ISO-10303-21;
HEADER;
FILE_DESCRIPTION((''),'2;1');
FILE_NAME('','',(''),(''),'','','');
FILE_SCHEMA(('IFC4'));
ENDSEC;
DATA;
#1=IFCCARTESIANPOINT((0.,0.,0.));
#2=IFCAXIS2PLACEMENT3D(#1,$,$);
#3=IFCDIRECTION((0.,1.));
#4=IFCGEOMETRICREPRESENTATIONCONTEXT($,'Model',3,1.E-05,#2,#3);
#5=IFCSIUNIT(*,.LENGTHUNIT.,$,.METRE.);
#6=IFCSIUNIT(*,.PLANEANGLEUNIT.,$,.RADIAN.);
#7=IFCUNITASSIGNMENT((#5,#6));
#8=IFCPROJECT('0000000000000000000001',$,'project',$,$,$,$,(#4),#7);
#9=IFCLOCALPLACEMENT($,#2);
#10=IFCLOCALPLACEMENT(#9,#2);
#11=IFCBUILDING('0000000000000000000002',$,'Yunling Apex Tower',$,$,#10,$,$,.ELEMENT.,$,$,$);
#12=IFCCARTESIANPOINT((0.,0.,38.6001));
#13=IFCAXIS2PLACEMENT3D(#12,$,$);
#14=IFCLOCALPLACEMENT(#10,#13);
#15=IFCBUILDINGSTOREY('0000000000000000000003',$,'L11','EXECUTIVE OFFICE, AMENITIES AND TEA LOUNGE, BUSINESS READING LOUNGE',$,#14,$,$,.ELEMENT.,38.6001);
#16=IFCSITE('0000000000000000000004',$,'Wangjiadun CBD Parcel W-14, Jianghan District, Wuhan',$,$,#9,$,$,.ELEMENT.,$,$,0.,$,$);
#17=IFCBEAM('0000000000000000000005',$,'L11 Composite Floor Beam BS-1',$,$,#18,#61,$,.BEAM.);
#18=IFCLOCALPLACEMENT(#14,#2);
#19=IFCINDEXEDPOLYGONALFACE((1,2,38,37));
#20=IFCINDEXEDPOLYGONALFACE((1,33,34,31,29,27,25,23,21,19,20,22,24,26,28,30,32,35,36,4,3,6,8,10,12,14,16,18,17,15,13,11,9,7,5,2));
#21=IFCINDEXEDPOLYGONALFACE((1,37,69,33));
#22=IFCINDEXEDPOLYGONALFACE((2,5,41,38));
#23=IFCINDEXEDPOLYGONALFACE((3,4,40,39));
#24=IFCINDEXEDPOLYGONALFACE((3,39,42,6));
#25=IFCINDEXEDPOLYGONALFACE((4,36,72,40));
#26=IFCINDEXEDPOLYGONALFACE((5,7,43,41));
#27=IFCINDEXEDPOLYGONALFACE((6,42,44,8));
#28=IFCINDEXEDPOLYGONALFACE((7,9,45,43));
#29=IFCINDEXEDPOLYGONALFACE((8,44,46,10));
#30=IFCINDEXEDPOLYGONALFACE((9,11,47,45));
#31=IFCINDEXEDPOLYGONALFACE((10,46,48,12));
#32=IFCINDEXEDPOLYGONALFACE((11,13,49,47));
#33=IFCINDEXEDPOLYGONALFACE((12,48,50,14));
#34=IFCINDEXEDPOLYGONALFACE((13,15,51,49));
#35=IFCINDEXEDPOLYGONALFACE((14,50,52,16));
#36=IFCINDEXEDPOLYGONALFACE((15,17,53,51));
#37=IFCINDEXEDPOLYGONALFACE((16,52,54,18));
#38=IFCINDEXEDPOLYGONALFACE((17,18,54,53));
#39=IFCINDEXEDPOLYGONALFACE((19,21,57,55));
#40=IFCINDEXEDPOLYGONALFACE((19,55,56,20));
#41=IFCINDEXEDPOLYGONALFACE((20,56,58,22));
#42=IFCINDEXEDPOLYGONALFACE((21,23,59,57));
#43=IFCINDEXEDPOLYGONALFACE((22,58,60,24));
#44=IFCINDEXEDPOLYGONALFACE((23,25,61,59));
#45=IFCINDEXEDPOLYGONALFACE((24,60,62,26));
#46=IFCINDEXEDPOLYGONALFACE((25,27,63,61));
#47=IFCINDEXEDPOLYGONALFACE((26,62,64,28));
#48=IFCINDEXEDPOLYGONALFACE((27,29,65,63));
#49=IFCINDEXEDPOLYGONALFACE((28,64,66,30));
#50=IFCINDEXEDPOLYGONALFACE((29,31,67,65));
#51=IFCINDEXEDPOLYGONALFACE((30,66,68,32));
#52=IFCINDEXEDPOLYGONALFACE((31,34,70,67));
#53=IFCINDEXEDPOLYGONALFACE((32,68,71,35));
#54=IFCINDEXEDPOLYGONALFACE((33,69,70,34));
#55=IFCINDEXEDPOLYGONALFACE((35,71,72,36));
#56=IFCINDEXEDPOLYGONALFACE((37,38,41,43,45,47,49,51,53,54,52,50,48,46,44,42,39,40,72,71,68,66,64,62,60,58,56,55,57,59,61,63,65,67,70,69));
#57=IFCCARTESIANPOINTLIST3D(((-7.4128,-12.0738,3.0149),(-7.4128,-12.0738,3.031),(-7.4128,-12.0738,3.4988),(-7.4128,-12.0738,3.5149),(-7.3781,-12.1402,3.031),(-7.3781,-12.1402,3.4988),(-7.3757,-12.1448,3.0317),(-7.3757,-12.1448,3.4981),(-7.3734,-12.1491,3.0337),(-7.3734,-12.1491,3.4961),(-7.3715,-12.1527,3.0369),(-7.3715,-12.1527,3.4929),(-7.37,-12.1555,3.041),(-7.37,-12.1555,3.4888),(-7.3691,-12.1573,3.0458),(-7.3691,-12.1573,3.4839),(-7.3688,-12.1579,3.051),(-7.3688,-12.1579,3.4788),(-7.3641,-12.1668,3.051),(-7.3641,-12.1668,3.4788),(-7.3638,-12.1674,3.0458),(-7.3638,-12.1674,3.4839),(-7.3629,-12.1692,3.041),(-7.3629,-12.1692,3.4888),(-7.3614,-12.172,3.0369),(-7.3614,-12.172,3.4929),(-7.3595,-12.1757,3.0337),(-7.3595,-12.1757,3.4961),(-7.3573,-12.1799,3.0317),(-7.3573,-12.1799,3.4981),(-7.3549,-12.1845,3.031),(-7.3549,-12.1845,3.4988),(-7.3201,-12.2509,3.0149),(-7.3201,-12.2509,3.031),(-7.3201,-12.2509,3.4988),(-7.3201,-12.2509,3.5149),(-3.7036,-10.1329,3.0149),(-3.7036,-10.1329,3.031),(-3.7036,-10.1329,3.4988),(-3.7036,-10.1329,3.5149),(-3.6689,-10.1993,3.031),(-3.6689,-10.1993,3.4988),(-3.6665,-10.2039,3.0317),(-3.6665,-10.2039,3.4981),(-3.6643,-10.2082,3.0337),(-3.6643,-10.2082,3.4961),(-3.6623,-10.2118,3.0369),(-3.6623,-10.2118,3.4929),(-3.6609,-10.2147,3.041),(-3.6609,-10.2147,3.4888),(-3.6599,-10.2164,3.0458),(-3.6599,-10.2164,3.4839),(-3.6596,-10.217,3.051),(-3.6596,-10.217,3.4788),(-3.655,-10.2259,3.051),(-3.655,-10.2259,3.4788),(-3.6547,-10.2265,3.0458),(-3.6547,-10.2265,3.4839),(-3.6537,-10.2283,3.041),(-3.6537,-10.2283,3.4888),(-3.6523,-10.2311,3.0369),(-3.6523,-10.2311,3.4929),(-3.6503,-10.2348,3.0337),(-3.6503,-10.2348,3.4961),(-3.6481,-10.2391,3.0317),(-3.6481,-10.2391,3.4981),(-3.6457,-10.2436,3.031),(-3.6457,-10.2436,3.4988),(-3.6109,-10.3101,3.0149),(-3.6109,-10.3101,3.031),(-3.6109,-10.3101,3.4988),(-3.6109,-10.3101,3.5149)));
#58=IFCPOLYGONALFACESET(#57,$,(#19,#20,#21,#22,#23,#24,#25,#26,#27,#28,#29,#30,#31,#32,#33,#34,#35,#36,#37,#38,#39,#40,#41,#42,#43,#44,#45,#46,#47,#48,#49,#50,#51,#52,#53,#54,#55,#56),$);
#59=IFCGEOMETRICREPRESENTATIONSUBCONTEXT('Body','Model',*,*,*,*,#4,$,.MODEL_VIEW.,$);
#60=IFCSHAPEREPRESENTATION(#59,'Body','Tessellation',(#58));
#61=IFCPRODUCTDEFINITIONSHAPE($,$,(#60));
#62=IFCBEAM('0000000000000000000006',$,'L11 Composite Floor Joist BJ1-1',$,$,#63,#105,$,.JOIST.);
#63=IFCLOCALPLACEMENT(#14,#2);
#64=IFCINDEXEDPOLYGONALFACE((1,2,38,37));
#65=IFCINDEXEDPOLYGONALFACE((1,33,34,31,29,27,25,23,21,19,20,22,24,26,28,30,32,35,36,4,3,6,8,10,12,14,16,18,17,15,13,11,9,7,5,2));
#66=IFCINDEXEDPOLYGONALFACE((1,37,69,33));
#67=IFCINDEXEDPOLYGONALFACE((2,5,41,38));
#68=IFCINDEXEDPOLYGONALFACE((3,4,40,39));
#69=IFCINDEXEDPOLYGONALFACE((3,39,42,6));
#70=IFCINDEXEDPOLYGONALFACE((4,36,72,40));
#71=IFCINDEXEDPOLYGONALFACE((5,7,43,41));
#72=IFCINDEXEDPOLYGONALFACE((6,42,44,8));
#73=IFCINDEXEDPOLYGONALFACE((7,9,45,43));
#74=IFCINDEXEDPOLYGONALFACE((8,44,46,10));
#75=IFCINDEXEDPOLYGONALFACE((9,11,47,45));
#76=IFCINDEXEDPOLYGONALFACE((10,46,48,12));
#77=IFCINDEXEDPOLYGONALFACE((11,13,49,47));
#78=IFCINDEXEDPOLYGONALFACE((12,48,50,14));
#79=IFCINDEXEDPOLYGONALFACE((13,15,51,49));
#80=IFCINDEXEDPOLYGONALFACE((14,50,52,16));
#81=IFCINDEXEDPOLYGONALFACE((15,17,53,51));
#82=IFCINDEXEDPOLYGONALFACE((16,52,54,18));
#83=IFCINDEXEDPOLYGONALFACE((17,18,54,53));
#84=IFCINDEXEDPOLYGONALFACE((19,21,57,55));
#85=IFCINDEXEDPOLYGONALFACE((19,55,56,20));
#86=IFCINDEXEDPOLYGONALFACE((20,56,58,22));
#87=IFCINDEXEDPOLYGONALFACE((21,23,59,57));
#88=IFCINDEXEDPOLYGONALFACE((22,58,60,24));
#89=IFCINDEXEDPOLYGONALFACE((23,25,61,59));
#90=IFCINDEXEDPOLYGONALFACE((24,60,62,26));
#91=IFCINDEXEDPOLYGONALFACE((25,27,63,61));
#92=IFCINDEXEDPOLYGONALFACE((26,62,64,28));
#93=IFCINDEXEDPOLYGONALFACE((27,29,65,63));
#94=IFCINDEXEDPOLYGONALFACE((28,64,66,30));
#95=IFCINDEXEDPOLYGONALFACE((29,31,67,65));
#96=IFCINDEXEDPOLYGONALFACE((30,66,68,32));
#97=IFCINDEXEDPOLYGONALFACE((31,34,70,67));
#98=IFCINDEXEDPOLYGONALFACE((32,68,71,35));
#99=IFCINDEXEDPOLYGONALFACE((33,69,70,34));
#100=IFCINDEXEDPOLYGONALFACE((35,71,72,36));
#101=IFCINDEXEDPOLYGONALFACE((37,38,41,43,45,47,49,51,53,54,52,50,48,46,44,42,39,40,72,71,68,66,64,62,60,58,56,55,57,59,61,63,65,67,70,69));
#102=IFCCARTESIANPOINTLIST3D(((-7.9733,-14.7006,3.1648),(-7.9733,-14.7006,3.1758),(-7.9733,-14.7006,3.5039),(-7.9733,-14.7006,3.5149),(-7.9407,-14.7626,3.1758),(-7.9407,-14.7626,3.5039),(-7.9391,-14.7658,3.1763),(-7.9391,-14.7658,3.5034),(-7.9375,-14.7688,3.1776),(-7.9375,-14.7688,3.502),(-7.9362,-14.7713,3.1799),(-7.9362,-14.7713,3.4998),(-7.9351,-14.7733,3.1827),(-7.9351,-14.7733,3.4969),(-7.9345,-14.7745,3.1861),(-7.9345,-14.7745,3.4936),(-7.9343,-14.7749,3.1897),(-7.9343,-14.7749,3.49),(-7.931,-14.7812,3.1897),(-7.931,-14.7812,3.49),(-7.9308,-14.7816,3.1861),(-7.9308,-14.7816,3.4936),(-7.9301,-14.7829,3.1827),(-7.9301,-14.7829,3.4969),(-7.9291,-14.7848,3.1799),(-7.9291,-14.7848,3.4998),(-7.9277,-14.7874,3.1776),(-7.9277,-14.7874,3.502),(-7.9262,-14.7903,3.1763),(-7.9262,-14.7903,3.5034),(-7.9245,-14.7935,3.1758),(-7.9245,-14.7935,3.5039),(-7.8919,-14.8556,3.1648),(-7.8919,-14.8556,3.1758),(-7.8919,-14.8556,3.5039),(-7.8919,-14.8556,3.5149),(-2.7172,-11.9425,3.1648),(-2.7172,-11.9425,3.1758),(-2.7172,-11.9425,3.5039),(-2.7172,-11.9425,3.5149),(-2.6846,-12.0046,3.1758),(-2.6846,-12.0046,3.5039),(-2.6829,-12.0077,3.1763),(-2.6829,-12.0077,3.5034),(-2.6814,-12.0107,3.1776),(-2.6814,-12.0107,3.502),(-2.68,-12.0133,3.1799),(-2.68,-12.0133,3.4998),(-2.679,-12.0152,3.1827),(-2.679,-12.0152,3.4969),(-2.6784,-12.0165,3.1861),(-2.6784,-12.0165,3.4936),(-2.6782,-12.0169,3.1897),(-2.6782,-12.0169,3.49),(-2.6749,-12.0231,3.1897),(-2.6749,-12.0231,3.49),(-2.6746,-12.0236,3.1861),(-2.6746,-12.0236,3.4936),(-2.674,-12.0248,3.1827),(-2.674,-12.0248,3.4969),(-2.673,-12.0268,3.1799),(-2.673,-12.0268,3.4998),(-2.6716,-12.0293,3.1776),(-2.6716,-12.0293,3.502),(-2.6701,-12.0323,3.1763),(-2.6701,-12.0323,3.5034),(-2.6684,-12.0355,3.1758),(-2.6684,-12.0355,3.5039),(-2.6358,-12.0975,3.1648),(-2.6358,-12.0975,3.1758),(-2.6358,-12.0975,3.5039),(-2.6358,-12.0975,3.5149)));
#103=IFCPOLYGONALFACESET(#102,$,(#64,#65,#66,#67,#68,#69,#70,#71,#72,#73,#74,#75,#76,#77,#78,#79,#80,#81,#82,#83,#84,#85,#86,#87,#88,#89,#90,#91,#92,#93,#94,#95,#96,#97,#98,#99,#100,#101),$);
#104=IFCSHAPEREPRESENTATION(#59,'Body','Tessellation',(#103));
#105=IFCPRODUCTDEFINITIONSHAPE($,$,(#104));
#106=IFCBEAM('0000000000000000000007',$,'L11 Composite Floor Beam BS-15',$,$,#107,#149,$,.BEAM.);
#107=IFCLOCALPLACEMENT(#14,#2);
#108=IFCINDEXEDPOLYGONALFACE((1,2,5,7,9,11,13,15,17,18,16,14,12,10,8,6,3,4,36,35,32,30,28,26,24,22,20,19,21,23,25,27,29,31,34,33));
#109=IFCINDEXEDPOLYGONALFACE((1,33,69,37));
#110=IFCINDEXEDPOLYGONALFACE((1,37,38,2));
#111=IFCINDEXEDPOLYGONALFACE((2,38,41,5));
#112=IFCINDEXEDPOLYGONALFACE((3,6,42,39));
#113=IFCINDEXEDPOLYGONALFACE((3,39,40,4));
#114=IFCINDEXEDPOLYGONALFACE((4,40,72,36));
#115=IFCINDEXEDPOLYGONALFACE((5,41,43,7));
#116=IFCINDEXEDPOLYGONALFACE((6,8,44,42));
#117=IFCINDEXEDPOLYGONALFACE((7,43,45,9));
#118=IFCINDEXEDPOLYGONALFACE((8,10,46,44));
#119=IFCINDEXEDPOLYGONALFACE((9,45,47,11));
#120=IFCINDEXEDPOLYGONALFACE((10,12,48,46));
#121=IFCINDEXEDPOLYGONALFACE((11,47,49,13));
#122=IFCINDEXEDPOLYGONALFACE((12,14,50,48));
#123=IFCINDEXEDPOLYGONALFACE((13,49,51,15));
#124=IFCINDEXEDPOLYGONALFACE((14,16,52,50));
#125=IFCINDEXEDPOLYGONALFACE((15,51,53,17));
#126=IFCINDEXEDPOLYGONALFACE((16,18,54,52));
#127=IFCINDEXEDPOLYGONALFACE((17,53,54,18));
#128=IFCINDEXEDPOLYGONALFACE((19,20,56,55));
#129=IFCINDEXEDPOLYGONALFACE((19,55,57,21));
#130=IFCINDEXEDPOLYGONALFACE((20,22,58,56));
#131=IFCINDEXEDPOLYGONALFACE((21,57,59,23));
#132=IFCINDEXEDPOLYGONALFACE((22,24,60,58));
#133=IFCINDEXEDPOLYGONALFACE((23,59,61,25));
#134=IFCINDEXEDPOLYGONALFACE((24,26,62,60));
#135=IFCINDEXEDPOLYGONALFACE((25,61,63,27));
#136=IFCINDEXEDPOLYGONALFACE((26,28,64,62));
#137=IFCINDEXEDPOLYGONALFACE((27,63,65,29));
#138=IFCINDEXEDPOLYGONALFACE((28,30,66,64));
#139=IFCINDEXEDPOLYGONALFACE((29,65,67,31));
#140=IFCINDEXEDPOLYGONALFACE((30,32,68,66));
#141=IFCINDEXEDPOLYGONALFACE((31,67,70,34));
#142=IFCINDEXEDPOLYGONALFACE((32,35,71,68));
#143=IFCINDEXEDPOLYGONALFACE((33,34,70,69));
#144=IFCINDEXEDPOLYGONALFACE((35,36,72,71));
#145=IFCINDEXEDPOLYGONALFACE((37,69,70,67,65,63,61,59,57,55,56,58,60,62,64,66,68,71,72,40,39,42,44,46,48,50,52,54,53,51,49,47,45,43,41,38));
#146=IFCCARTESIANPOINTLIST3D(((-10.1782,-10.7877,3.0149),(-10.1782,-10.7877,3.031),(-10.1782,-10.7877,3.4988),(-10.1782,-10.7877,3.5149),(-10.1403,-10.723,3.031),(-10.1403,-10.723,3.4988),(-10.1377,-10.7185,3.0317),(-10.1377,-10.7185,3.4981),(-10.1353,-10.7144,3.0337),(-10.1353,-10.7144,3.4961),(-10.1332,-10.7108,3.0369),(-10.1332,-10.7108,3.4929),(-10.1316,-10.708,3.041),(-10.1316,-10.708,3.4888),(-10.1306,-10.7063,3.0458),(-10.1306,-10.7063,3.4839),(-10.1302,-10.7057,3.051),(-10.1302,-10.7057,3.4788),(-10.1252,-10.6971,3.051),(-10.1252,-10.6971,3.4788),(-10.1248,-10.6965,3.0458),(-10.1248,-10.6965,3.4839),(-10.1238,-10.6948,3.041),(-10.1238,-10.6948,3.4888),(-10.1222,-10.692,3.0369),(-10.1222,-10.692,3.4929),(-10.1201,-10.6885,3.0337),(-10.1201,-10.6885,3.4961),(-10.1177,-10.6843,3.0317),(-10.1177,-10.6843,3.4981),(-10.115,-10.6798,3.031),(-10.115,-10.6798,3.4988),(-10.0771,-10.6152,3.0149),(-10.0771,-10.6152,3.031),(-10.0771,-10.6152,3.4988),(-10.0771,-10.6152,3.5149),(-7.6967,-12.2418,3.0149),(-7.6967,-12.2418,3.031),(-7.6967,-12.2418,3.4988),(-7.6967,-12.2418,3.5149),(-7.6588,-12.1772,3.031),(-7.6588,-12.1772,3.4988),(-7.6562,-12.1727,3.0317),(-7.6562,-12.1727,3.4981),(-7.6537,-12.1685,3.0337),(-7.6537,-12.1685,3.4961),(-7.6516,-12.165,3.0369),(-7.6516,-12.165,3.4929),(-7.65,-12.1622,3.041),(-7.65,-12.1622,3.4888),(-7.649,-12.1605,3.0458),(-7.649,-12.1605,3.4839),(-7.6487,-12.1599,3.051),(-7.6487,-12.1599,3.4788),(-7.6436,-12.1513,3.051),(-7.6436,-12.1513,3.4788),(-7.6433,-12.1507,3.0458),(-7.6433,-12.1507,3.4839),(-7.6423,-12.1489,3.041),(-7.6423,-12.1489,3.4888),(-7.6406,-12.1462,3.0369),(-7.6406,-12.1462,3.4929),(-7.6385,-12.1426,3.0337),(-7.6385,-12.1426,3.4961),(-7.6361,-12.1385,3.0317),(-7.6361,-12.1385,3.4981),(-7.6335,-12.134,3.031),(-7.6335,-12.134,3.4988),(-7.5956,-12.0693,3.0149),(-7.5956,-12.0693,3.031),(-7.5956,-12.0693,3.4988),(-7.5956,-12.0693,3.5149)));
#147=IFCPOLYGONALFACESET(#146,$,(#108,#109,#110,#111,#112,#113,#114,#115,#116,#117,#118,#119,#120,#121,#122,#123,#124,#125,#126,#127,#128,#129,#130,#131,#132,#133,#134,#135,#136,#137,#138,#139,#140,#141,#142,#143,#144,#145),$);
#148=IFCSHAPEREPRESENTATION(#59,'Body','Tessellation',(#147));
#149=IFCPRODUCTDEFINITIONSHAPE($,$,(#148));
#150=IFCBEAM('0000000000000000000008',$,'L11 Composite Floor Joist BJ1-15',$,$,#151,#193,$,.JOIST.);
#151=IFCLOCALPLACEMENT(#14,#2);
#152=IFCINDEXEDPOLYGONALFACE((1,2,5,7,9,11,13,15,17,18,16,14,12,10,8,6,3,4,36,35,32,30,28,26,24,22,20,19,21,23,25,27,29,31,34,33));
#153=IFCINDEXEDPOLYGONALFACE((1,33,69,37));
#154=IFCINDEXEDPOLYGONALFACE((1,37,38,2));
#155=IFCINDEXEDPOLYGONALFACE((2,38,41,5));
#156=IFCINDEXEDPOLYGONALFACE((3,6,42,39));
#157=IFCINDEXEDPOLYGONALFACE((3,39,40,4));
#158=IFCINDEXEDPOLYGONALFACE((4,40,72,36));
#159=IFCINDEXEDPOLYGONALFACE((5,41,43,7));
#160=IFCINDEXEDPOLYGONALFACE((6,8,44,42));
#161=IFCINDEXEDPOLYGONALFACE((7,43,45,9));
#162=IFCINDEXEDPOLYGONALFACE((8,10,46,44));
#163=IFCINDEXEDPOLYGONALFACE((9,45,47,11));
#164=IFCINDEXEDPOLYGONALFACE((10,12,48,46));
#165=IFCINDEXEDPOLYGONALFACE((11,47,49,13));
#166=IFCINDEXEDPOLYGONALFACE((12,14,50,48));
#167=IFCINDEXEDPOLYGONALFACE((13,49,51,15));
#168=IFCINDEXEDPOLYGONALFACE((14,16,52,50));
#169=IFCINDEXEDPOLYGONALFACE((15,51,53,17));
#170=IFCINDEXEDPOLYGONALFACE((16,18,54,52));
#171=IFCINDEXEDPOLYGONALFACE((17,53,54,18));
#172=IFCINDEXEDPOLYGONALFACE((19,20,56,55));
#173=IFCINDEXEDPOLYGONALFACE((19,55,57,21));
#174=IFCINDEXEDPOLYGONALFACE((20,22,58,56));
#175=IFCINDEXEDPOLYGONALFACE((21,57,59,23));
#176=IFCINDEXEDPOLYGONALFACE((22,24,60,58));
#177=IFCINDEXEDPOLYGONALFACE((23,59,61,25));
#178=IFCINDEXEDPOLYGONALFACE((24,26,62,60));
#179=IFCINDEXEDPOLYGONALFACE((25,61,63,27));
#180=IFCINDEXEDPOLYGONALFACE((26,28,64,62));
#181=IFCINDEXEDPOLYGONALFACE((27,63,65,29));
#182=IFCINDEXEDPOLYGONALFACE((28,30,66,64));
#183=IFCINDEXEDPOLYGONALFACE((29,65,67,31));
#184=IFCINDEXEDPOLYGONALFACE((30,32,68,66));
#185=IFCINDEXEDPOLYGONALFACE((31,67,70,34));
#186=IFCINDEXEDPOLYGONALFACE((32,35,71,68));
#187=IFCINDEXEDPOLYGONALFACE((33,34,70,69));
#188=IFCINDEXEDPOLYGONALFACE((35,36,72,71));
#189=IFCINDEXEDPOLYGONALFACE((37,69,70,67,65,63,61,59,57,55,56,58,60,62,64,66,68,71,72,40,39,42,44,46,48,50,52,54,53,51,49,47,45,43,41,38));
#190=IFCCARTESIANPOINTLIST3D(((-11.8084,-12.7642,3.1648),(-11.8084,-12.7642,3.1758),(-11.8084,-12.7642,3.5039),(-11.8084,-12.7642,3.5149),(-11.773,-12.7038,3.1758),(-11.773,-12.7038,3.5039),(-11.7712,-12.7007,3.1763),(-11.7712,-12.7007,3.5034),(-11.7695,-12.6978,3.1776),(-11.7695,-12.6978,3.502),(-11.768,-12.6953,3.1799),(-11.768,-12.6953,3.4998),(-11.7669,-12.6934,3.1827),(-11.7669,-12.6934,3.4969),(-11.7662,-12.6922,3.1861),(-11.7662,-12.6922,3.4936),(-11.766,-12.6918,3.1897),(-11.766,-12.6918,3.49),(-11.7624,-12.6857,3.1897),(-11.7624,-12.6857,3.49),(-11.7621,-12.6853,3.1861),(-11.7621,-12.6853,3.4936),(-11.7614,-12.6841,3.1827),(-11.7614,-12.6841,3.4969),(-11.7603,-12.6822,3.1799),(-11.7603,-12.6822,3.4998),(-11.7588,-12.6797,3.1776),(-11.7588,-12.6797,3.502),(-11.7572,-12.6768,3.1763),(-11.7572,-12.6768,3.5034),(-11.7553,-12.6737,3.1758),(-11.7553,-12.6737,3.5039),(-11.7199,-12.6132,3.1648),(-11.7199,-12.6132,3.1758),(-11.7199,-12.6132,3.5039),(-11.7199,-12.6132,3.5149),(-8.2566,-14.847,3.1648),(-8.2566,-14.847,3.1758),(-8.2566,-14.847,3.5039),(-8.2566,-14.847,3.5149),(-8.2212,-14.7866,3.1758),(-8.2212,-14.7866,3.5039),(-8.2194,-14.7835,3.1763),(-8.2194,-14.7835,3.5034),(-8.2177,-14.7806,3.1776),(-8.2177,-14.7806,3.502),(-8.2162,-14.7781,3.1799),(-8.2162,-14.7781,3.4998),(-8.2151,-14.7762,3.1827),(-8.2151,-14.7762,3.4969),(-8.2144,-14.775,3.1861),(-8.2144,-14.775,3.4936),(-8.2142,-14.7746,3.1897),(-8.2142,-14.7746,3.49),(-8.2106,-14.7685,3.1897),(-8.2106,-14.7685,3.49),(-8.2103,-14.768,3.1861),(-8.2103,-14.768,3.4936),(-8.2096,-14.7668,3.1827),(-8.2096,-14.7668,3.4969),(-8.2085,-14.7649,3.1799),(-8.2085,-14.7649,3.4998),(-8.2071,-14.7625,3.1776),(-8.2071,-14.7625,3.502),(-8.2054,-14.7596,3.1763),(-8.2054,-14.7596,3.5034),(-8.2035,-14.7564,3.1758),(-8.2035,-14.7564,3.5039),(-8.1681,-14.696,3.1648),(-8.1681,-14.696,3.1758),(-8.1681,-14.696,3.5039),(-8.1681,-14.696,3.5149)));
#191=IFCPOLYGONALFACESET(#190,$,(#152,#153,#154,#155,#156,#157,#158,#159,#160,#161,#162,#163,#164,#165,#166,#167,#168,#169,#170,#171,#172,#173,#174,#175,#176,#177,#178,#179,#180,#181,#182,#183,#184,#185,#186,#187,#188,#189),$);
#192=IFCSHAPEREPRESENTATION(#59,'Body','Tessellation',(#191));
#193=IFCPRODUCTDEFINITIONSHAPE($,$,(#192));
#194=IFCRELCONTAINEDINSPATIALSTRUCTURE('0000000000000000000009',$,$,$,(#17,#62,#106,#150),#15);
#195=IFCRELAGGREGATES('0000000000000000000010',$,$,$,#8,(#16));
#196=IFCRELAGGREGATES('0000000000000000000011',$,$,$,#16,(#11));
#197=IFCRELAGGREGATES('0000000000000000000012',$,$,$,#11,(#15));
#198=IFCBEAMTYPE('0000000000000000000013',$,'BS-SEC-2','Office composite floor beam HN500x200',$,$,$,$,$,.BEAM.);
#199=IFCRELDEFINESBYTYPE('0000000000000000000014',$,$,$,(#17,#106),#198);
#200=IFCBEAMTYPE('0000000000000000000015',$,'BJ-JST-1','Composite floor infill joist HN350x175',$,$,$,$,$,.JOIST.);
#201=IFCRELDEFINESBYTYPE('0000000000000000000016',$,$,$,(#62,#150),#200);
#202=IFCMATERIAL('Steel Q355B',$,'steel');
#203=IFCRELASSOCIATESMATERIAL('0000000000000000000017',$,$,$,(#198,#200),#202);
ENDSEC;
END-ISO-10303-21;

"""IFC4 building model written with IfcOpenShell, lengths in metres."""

from ifc_helpers import new_model, si_unit, direction, frame, origin, origin_2d, place, context, subcontext, project, spatial, i_section, extrude, source, transform, mapped, material, material_profile, profile_set, type_object, element, save


model = new_model("IFC4")

# Units and contexts
model_context = context("Model", 3, precision=1e-05, world=origin(), true_north=direction((0.0, 1.0)))
body_context = subcontext(model_context, "Body", "Model", "MODEL_VIEW")
ifc_project = project(units=[si_unit("LENGTHUNIT", "METRE"), si_unit("PLANEANGLEUNIT", "RADIAN")], contexts=[model_context])

# Site, building, storey
site_placement = place(None, origin())
site = spatial("IfcSite", under=ifc_project, at=site_placement, Name="Wangjiadun CBD Parcel W-14, Jianghan District, Wuhan", CompositionType="ELEMENT", RefElevation=0.0)
building_placement = place(site_placement, origin())
building = spatial("IfcBuilding", under=site, at=building_placement, Name="Yunling Apex Tower", CompositionType="ELEMENT")
storey_placement = place(building_placement, frame((0.0, 0.0, 38.6001)))
storey = spatial("IfcBuildingStorey", under=building, at=storey_placement, Name="L11", Description="EXECUTIVE OFFICE, AMENITIES AND TEA LOUNGE, BUSINESS READING LOUNGE", CompositionType="ELEMENT", Elevation=38.6001)

# Beams
ifc_material_1 = material(Name="Steel Q355B", Category="steel")
ifc_material_profile_1 = material_profile(ifc_material_1, i_section(OverallWidth=0.2, OverallDepth=0.5, WebThickness=0.01, FlangeThickness=0.0161, FilletRadius=0.02, at=origin_2d()))
ifc_profile_set_1 = profile_set([ifc_material_profile_1], Name="Steel Q355B")
beam_type_1 = type_object("IfcBeamType", Name="BS-SEC-2", Description="Office composite floor beam HN500x200", PredefinedType="BEAM", material=ifc_profile_set_1)
shared_shape_1 = source(origin(), body_context, "Body", "SweptSolid", [
    extrude(i_section(OverallWidth=0.2, OverallDepth=0.5, WebThickness=0.01, FlangeThickness=0.0161, FilletRadius=0.02, at=origin_2d()), origin(), (0.0, 0.0, 1.0), 4.1863),
])
beam_1_placement = place(storey_placement, frame((-7.3665, -12.1624, 3.2649), z_axis=(0.886029, 0.46363, 0.0), x_axis=(-0.46363, 0.886029, 0.0)))
element("IfcBeam", 1, at=beam_1_placement, inside=storey, type_object=beam_type_1, Name="L11 Composite Floor Beam BS-1", PredefinedType="BEAM", context=body_context, shape_type="MappedRepresentation", body=[
    mapped(shared_shape_1, transform((0.0, 0.0, 0.0), scale=1.0)),
])
ifc_material_profile_2 = material_profile(ifc_material_1, i_section(OverallWidth=0.175, OverallDepth=0.3501, WebThickness=0.0071, FlangeThickness=0.011, FilletRadius=0.0139, at=origin_2d()))
ifc_profile_set_2 = profile_set([ifc_material_profile_2], Name="Steel Q355B")
beam_type_2 = type_object("IfcBeamType", Name="BJ-JST-1", Description="Composite floor infill joist HN350x175", PredefinedType="JOIST", material=ifc_profile_set_2)
shared_shape_2 = source(origin(), body_context, "Body", "SweptSolid", [
    extrude(i_section(OverallWidth=0.175, OverallDepth=0.3501, WebThickness=0.0071, FlangeThickness=0.011, FilletRadius=0.0139, at=origin_2d()), origin(), (0.0, 0.0, 1.0), 5.9358),
])
beam_2_placement = place(storey_placement, frame((-7.9326, -14.7781, 3.3398), z_axis=(0.885495, 0.464649, 0.0), x_axis=(-0.464649, 0.885495, 0.0)))
element("IfcBeam", 2, at=beam_2_placement, inside=storey, type_object=beam_type_2, Name="L11 Composite Floor Joist BJ1-1", PredefinedType="JOIST", context=body_context, shape_type="MappedRepresentation", body=[
    mapped(shared_shape_2, transform((0.0, 0.0, 0.0), scale=1.0)),
])
shared_shape_3 = source(origin(), body_context, "Body", "SweptSolid", [
    extrude(i_section(OverallWidth=0.2, OverallDepth=0.5, WebThickness=0.01, FlangeThickness=0.0161, FilletRadius=0.02, at=origin_2d()), origin(), (0.0, 0.0, 1.0), 2.8762),
])
beam_3_placement = place(storey_placement, frame((-10.1277, -10.7014, 3.2649), z_axis=(0.86278, -0.50558, 0.0), x_axis=(0.50558, 0.86278, 0.0)))
element("IfcBeam", 3, at=beam_3_placement, inside=storey, type_object=beam_type_1, Name="L11 Composite Floor Beam BS-15", PredefinedType="BEAM", context=body_context, shape_type="MappedRepresentation", body=[
    mapped(shared_shape_3, transform((0.0, 0.0, 0.0), scale=1.0)),
])
shared_shape_4 = source(origin(), body_context, "Body", "SweptSolid", [
    extrude(i_section(OverallWidth=0.175, OverallDepth=0.3501, WebThickness=0.0071, FlangeThickness=0.011, FilletRadius=0.0139, at=origin_2d()), origin(), (0.0, 0.0, 1.0), 4.1174),
])
beam_4_placement = place(storey_placement, frame((-11.7642, -12.6887, 3.3398), z_axis=(0.862624, -0.505846, 0.0), x_axis=(0.505846, 0.862624, 0.0)))
element("IfcBeam", 4, at=beam_4_placement, inside=storey, type_object=beam_type_2, Name="L11 Composite Floor Joist BJ1-15", PredefinedType="JOIST", context=body_context, shape_type="MappedRepresentation", body=[
    mapped(shared_shape_4, transform((0.0, 0.0, 0.0), scale=1.0)),
])

save(model, "model.ifc")
